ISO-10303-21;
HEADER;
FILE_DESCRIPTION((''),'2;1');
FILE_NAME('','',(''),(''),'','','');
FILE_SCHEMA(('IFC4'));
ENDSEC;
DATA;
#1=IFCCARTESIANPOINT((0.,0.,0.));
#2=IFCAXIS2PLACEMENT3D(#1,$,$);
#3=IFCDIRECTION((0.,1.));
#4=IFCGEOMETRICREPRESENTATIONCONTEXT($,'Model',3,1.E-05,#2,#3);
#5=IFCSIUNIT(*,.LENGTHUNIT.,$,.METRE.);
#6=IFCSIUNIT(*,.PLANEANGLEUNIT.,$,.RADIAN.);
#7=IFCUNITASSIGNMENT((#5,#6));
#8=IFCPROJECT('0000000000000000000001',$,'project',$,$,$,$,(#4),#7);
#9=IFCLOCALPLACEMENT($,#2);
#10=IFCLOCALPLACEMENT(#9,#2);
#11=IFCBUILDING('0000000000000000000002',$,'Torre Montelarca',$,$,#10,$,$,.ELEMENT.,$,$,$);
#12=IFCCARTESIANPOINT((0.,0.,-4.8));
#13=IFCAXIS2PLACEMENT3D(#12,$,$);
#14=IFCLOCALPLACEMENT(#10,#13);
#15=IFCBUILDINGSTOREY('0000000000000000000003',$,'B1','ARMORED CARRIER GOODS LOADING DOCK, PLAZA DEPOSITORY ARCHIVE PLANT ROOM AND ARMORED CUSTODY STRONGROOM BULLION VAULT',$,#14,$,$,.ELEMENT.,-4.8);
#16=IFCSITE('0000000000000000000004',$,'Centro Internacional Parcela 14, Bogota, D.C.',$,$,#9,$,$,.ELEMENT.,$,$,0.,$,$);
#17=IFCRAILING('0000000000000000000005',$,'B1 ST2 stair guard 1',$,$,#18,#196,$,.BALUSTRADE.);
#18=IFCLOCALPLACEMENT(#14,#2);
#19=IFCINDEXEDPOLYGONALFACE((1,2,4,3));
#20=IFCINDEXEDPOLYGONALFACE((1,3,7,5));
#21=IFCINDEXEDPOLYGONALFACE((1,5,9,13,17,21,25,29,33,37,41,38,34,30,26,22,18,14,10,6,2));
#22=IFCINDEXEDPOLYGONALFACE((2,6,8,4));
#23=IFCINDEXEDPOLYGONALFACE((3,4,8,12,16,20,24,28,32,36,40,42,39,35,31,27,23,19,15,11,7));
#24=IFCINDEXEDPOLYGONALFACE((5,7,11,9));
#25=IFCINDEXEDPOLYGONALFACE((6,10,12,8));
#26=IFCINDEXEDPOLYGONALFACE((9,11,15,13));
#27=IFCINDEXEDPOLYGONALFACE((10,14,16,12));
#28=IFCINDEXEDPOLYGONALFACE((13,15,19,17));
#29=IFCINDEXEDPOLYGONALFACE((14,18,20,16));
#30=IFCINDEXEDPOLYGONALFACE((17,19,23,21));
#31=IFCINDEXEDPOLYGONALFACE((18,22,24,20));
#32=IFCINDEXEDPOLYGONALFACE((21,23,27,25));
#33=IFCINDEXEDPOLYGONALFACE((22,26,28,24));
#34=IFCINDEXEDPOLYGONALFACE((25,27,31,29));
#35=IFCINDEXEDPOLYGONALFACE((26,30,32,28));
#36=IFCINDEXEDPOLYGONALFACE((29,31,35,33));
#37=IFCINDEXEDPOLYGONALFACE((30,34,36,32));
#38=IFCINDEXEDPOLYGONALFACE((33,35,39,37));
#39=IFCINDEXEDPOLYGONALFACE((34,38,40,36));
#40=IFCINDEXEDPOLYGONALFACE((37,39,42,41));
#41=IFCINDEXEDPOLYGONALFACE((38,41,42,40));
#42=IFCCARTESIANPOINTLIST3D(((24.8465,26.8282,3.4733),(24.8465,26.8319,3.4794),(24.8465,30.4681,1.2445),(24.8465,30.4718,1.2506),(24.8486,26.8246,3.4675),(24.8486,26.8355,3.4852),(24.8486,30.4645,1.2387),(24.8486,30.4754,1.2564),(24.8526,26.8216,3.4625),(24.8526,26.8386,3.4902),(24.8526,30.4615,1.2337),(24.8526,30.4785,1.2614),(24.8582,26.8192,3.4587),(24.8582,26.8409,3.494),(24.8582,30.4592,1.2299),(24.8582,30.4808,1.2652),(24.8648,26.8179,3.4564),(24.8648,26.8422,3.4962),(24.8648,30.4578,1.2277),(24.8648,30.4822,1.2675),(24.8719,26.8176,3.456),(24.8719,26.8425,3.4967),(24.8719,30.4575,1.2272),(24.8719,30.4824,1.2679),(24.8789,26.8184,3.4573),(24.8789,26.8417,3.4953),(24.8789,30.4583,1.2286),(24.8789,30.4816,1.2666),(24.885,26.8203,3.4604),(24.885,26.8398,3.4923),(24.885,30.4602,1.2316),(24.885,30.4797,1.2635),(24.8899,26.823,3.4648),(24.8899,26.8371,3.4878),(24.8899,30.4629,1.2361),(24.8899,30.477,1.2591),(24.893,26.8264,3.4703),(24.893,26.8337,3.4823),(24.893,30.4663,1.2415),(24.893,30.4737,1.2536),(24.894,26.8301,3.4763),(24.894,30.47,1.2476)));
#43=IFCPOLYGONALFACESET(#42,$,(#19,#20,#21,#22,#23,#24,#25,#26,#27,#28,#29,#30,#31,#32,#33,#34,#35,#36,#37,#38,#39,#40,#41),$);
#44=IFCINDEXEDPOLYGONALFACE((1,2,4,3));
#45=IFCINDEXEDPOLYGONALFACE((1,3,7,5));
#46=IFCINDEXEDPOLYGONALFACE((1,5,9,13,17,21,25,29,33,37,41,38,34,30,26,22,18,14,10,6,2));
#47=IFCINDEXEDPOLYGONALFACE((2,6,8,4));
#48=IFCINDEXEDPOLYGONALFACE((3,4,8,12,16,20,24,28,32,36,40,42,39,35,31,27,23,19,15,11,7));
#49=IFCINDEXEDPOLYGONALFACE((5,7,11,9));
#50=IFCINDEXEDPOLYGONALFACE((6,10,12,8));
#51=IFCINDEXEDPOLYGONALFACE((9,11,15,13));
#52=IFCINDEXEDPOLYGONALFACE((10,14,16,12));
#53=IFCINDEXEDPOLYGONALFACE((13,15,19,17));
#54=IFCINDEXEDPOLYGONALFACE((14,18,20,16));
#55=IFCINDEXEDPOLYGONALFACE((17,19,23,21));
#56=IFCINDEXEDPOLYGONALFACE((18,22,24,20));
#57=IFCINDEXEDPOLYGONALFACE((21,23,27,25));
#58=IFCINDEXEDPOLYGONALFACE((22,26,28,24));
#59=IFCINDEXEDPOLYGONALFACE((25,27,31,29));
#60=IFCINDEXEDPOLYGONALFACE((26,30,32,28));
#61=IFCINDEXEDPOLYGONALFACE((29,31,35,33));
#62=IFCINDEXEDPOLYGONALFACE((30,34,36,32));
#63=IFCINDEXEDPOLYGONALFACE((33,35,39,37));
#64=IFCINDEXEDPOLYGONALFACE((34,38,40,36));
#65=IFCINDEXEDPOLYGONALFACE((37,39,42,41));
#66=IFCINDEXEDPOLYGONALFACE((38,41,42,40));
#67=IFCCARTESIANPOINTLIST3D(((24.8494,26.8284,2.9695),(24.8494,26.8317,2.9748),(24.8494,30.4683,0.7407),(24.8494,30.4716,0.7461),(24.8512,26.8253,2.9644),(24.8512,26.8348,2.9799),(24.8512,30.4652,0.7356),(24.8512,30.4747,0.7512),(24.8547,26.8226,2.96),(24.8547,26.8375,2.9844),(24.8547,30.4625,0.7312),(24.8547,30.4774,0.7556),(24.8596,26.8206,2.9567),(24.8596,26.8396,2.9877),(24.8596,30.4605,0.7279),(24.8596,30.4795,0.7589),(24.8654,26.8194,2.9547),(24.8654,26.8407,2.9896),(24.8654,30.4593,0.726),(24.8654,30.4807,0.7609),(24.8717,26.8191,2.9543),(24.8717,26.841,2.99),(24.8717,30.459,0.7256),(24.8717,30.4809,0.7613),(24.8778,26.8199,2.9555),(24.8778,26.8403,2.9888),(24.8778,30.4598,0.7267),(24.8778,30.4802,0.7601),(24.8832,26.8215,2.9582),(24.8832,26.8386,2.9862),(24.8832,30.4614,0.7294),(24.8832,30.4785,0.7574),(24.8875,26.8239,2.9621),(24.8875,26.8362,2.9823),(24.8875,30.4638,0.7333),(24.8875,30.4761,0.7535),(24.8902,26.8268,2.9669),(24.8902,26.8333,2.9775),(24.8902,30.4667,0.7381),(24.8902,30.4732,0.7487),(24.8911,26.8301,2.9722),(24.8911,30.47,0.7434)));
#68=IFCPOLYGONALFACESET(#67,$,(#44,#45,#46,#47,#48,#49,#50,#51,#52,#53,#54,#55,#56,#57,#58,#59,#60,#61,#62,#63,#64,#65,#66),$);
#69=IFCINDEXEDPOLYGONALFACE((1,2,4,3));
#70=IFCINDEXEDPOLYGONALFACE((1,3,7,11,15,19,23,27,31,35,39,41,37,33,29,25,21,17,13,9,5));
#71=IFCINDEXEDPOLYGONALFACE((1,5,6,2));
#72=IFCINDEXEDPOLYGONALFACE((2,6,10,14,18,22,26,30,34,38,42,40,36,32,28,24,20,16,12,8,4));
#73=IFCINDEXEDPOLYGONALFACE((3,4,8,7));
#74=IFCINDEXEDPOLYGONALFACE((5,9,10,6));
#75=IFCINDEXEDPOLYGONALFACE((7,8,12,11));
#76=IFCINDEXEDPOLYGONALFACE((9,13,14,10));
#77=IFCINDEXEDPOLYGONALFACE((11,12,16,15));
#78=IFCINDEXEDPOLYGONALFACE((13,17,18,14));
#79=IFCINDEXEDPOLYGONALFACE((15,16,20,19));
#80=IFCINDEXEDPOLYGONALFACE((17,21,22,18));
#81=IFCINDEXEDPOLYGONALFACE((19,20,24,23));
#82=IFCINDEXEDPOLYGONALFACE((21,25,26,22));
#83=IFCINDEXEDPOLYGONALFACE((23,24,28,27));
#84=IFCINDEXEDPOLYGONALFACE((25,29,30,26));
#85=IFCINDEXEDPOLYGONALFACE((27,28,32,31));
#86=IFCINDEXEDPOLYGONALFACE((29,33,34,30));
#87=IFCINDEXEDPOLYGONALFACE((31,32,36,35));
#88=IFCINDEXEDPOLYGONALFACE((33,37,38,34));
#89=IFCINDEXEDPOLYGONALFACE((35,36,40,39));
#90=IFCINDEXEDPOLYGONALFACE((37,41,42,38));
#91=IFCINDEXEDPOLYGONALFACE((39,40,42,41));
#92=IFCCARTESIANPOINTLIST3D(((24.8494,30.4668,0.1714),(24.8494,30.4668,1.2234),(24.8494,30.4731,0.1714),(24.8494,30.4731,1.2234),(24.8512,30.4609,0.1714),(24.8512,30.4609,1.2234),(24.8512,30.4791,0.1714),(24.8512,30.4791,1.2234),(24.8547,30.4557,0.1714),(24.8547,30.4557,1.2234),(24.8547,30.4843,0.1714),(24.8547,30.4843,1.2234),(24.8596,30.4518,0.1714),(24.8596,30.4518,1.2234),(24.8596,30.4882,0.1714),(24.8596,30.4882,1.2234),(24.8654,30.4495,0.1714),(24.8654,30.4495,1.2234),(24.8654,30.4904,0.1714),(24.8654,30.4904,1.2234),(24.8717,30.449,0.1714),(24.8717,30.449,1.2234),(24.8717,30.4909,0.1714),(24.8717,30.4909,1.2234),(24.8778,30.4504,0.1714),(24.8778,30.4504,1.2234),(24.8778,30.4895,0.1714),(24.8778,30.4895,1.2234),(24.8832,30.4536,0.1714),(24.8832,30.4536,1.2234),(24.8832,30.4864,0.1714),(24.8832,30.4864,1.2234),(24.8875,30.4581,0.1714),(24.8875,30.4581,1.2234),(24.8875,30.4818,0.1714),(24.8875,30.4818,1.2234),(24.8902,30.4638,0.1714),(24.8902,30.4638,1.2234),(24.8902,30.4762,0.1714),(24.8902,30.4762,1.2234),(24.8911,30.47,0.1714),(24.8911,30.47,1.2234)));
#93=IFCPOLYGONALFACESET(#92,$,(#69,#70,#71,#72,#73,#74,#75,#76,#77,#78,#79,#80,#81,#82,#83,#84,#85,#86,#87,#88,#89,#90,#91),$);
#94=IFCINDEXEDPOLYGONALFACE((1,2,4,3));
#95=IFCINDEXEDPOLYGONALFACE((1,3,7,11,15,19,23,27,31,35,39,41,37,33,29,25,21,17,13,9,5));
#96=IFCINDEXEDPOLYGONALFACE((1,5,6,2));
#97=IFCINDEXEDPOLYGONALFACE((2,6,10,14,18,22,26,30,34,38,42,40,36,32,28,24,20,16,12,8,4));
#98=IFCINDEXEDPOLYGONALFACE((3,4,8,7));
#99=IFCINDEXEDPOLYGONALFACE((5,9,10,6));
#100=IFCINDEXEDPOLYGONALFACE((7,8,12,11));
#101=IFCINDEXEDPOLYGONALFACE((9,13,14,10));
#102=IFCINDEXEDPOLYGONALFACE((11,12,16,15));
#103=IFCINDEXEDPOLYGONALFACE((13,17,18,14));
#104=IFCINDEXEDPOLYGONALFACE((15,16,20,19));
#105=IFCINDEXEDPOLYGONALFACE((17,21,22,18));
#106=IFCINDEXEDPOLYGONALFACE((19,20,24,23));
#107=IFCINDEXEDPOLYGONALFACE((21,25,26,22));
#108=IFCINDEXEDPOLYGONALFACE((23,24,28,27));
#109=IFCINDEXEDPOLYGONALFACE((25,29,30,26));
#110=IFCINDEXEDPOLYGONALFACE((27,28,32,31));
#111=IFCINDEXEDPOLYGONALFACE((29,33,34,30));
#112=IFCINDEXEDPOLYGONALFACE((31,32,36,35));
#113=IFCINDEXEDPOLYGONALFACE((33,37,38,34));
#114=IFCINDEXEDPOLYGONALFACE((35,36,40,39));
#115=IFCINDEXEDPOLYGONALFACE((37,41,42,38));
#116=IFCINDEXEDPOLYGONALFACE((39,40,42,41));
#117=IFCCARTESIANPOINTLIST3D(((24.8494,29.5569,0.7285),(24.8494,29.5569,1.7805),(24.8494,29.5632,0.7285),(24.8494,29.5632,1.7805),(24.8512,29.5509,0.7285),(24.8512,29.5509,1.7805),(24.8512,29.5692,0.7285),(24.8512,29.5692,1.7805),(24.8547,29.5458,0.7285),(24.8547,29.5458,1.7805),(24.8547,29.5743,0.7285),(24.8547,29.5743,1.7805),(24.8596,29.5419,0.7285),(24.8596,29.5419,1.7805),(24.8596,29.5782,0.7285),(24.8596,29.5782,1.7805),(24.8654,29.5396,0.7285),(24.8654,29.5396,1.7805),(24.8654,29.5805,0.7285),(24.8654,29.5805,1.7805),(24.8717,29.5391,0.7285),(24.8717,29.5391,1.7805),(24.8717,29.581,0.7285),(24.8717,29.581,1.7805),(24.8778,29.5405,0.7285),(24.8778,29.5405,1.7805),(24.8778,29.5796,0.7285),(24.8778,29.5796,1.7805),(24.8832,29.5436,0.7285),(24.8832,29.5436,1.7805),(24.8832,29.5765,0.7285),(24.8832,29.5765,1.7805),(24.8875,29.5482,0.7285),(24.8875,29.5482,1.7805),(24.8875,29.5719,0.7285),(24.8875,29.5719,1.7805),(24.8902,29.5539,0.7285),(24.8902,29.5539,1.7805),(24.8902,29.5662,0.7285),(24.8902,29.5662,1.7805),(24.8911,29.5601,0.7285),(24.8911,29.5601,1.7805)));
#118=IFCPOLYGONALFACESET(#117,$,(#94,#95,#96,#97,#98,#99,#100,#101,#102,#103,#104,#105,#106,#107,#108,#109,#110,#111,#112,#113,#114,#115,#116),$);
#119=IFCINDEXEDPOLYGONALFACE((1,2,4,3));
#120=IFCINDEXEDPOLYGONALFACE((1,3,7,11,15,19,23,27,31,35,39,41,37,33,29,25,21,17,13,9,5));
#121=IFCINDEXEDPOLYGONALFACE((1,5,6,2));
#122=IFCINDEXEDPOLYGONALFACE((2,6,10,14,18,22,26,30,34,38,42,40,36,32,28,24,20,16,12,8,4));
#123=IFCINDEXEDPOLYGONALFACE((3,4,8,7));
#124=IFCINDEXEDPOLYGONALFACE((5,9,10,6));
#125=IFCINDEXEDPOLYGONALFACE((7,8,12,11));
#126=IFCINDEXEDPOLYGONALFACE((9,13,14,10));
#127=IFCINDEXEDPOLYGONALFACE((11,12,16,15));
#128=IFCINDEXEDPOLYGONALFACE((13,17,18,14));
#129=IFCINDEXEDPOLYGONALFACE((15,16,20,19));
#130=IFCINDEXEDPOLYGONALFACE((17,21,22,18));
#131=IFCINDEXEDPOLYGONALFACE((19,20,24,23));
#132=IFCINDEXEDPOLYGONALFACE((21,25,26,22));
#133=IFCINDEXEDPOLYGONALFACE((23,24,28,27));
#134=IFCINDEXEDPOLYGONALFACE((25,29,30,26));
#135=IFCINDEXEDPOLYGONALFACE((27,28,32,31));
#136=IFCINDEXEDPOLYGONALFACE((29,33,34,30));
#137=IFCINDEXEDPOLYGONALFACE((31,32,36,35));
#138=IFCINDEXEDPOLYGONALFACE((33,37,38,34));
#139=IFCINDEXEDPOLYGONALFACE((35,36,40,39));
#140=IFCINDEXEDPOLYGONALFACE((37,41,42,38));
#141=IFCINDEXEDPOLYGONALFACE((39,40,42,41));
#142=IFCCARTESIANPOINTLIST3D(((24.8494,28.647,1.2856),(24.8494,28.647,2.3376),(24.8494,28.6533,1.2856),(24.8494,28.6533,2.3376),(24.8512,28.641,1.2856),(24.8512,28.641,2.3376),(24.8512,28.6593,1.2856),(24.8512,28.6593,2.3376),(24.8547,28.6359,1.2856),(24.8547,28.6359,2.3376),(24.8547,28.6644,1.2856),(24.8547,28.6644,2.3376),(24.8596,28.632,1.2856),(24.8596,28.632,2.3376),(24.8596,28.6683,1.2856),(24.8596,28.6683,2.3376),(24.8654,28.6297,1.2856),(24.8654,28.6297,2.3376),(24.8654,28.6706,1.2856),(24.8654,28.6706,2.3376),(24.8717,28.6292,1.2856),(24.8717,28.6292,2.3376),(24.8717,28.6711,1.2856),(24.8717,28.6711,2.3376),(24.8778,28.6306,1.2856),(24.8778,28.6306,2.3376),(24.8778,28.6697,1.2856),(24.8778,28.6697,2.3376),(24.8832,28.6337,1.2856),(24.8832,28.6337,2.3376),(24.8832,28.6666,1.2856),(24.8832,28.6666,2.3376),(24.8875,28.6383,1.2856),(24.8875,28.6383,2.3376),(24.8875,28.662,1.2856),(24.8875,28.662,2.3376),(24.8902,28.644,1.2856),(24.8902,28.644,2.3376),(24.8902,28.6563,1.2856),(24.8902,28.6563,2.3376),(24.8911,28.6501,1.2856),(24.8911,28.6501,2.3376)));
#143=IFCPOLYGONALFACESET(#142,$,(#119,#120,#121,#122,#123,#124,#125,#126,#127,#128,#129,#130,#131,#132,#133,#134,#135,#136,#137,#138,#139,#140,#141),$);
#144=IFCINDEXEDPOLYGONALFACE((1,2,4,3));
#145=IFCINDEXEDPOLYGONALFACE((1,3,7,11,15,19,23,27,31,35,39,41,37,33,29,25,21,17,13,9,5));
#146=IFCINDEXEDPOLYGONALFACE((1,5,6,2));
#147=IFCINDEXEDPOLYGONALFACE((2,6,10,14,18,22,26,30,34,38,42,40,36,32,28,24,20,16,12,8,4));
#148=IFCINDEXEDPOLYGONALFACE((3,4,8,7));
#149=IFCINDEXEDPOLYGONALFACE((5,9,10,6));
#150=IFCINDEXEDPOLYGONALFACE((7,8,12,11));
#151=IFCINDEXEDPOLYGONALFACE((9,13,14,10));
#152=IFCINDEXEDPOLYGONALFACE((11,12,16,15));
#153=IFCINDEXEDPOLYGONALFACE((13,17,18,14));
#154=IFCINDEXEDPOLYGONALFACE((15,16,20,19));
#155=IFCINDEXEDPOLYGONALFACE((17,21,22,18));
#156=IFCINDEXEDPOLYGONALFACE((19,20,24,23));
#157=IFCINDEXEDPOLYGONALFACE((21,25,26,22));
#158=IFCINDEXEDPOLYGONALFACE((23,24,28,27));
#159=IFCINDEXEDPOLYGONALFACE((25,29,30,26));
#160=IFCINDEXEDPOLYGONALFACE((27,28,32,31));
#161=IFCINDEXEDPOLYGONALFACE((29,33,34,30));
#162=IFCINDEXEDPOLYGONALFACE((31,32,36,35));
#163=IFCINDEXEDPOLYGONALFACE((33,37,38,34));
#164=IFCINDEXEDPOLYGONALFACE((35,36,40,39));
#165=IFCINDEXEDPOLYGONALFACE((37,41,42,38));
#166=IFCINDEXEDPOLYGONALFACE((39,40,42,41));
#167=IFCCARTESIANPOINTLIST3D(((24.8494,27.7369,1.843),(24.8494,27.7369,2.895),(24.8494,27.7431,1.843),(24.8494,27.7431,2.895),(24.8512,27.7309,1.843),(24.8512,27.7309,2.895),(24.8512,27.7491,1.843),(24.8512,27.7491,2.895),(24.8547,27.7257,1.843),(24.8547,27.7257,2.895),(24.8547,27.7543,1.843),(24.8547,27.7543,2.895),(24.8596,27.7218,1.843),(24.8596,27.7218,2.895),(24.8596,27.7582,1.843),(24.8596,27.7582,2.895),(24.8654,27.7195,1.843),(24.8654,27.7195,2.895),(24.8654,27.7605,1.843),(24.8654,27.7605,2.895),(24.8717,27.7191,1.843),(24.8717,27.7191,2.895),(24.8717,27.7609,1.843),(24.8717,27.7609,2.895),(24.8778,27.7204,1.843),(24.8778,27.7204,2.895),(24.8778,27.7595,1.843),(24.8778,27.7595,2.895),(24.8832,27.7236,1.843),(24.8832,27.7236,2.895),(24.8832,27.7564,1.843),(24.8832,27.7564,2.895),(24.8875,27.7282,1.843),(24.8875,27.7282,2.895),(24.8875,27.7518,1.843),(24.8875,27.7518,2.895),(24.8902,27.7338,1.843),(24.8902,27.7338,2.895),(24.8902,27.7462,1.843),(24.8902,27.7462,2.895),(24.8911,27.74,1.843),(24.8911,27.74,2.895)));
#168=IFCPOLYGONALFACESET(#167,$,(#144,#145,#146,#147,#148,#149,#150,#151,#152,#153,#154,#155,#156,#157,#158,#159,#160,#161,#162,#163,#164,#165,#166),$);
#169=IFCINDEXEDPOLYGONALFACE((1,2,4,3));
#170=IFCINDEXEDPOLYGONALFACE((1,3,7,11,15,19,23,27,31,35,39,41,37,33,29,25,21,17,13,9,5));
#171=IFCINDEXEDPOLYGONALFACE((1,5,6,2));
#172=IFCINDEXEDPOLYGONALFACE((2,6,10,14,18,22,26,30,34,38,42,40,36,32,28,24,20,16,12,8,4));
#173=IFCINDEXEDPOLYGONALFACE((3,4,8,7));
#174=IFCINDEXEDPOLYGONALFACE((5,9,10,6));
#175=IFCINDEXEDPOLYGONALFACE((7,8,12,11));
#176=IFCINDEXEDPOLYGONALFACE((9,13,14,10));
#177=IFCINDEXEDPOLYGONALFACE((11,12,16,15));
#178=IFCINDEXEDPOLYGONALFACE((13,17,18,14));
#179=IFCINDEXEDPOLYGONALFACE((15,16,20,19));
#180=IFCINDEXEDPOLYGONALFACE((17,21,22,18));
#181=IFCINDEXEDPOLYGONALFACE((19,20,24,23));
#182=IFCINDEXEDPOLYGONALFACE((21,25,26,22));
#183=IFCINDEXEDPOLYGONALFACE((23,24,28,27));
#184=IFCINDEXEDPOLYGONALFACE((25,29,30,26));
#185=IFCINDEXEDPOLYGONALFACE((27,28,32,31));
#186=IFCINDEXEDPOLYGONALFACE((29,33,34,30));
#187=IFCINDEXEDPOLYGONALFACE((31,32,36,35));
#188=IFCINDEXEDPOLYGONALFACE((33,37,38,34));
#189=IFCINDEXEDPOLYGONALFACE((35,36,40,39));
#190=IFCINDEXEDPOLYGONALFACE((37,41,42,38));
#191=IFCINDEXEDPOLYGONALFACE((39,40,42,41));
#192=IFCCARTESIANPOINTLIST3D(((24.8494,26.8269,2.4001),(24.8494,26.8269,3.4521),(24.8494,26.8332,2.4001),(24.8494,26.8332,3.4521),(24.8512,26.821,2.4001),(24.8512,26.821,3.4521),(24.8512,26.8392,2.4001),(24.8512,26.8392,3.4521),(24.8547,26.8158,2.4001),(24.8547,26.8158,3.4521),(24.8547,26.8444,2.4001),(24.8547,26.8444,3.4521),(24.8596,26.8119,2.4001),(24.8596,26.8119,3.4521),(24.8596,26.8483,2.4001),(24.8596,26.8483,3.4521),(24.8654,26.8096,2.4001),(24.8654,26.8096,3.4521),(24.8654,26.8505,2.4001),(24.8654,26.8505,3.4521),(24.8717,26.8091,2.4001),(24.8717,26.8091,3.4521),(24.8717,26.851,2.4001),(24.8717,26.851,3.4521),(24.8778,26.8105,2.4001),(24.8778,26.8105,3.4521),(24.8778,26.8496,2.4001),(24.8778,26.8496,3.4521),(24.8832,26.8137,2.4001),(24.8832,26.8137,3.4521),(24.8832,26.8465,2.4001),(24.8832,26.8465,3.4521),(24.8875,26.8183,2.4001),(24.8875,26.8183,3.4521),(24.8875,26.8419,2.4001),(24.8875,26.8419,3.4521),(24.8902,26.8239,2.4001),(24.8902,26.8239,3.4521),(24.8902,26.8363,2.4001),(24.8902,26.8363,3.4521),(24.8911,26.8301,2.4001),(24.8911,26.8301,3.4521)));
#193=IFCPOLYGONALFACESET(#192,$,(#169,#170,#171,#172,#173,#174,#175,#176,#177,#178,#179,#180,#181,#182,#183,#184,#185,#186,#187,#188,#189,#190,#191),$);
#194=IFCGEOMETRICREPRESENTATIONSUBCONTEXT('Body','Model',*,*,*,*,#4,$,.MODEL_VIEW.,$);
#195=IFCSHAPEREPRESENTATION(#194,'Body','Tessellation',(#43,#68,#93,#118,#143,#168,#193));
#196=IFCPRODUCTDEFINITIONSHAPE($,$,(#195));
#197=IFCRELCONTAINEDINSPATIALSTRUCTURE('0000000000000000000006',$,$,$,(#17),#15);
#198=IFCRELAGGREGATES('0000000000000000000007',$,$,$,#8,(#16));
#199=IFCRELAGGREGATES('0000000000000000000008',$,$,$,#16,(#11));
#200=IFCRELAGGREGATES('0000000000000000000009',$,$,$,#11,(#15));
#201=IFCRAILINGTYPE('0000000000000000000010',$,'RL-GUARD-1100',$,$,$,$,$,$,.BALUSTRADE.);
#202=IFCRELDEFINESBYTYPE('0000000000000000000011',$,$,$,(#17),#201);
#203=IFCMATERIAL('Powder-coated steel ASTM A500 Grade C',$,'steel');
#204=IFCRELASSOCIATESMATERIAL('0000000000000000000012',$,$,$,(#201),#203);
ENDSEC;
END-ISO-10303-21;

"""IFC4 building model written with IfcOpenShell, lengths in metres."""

from ifc_helpers import new_model, si_unit, direction, frame, origin, origin_2d, place, context, subcontext, project, spatial, circle, extrude, material, type_object, element, save


model = new_model("IFC4")

# Units and contexts
model_context = context("Model", 3, precision=1e-05, world=origin(), true_north=direction((0.0, 1.0)))
body_context = subcontext(model_context, "Body", "Model", "MODEL_VIEW")
ifc_project = project(units=[si_unit("LENGTHUNIT", "METRE"), si_unit("PLANEANGLEUNIT", "RADIAN")], contexts=[model_context])

# Site, building, storey
site_placement = place(None, origin())
site = spatial("IfcSite", under=ifc_project, at=site_placement, Name="Centro Internacional Parcela 14, Bogota, D.C.", CompositionType="ELEMENT", RefElevation=0.0)
building_placement = place(site_placement, origin())
building = spatial("IfcBuilding", under=site, at=building_placement, Name="Torre Montelarca", CompositionType="ELEMENT")
storey_placement = place(building_placement, frame((0.0, 0.0, -4.8)))
storey = spatial("IfcBuildingStorey", under=building, at=storey_placement, Name="B1", Description="ARMORED CARRIER GOODS LOADING DOCK, PLAZA DEPOSITORY ARCHIVE PLANT ROOM AND ARMORED CUSTODY STRONGROOM BULLION VAULT", CompositionType="ELEMENT", Elevation=-4.8)

# Railing
ifc_material_1 = material(Name="Powder-coated steel ASTM A500 Grade C", Category="steel")
railing_type_1 = type_object("IfcRailingType", Name="RL-GUARD-1100", PredefinedType="BALUSTRADE", material=ifc_material_1)
railing_1_placement = place(storey_placement, frame((24.8701, 30.47, 0.1714)))
element("IfcRailing", 1, at=railing_1_placement, inside=storey, type_object=railing_type_1, Name="B1 ST2 stair guard 1", PredefinedType="BALUSTRADE", context=body_context, shape_type="SweptSolid", body=[
    extrude(circle(Radius=0.0239, at=origin_2d()), frame((0.0, 0.0, 1.0762), z_axis=(0.0, -0.852825, 0.522197), x_axis=(1.0, 0.0, 0.0)), (0.0, 0.0, 1.0), 4.2681),
    extrude(circle(Radius=0.021, at=origin_2d()), frame((0.0, 0.0, 0.572), z_axis=(0.0, -0.852825, 0.522197), x_axis=(1.0, 0.0, 0.0)), (0.0, 0.0, 1.0), 4.2681),
    extrude(circle(Radius=0.021, at=origin_2d()), origin(), (0.0, 0.0, 1.0), 1.052),
    extrude(circle(Radius=0.021, at=origin_2d()), frame((0.0, -0.9099, 0.5571)), (0.0, 0.0, 1.0), 1.052),
    extrude(circle(Radius=0.021, at=origin_2d()), frame((0.0, -1.8198, 1.1143)), (0.0, 0.0, 1.0), 1.052),
    extrude(circle(Radius=0.021, at=origin_2d()), frame((0.0, -2.73, 1.6716)), (0.0, 0.0, 1.0), 1.052),
    extrude(circle(Radius=0.021, at=origin_2d()), frame((0.0, -3.6399, 2.2288)), (0.0, 0.0, 1.0), 1.052),
])

save(model, "model.ifc")
